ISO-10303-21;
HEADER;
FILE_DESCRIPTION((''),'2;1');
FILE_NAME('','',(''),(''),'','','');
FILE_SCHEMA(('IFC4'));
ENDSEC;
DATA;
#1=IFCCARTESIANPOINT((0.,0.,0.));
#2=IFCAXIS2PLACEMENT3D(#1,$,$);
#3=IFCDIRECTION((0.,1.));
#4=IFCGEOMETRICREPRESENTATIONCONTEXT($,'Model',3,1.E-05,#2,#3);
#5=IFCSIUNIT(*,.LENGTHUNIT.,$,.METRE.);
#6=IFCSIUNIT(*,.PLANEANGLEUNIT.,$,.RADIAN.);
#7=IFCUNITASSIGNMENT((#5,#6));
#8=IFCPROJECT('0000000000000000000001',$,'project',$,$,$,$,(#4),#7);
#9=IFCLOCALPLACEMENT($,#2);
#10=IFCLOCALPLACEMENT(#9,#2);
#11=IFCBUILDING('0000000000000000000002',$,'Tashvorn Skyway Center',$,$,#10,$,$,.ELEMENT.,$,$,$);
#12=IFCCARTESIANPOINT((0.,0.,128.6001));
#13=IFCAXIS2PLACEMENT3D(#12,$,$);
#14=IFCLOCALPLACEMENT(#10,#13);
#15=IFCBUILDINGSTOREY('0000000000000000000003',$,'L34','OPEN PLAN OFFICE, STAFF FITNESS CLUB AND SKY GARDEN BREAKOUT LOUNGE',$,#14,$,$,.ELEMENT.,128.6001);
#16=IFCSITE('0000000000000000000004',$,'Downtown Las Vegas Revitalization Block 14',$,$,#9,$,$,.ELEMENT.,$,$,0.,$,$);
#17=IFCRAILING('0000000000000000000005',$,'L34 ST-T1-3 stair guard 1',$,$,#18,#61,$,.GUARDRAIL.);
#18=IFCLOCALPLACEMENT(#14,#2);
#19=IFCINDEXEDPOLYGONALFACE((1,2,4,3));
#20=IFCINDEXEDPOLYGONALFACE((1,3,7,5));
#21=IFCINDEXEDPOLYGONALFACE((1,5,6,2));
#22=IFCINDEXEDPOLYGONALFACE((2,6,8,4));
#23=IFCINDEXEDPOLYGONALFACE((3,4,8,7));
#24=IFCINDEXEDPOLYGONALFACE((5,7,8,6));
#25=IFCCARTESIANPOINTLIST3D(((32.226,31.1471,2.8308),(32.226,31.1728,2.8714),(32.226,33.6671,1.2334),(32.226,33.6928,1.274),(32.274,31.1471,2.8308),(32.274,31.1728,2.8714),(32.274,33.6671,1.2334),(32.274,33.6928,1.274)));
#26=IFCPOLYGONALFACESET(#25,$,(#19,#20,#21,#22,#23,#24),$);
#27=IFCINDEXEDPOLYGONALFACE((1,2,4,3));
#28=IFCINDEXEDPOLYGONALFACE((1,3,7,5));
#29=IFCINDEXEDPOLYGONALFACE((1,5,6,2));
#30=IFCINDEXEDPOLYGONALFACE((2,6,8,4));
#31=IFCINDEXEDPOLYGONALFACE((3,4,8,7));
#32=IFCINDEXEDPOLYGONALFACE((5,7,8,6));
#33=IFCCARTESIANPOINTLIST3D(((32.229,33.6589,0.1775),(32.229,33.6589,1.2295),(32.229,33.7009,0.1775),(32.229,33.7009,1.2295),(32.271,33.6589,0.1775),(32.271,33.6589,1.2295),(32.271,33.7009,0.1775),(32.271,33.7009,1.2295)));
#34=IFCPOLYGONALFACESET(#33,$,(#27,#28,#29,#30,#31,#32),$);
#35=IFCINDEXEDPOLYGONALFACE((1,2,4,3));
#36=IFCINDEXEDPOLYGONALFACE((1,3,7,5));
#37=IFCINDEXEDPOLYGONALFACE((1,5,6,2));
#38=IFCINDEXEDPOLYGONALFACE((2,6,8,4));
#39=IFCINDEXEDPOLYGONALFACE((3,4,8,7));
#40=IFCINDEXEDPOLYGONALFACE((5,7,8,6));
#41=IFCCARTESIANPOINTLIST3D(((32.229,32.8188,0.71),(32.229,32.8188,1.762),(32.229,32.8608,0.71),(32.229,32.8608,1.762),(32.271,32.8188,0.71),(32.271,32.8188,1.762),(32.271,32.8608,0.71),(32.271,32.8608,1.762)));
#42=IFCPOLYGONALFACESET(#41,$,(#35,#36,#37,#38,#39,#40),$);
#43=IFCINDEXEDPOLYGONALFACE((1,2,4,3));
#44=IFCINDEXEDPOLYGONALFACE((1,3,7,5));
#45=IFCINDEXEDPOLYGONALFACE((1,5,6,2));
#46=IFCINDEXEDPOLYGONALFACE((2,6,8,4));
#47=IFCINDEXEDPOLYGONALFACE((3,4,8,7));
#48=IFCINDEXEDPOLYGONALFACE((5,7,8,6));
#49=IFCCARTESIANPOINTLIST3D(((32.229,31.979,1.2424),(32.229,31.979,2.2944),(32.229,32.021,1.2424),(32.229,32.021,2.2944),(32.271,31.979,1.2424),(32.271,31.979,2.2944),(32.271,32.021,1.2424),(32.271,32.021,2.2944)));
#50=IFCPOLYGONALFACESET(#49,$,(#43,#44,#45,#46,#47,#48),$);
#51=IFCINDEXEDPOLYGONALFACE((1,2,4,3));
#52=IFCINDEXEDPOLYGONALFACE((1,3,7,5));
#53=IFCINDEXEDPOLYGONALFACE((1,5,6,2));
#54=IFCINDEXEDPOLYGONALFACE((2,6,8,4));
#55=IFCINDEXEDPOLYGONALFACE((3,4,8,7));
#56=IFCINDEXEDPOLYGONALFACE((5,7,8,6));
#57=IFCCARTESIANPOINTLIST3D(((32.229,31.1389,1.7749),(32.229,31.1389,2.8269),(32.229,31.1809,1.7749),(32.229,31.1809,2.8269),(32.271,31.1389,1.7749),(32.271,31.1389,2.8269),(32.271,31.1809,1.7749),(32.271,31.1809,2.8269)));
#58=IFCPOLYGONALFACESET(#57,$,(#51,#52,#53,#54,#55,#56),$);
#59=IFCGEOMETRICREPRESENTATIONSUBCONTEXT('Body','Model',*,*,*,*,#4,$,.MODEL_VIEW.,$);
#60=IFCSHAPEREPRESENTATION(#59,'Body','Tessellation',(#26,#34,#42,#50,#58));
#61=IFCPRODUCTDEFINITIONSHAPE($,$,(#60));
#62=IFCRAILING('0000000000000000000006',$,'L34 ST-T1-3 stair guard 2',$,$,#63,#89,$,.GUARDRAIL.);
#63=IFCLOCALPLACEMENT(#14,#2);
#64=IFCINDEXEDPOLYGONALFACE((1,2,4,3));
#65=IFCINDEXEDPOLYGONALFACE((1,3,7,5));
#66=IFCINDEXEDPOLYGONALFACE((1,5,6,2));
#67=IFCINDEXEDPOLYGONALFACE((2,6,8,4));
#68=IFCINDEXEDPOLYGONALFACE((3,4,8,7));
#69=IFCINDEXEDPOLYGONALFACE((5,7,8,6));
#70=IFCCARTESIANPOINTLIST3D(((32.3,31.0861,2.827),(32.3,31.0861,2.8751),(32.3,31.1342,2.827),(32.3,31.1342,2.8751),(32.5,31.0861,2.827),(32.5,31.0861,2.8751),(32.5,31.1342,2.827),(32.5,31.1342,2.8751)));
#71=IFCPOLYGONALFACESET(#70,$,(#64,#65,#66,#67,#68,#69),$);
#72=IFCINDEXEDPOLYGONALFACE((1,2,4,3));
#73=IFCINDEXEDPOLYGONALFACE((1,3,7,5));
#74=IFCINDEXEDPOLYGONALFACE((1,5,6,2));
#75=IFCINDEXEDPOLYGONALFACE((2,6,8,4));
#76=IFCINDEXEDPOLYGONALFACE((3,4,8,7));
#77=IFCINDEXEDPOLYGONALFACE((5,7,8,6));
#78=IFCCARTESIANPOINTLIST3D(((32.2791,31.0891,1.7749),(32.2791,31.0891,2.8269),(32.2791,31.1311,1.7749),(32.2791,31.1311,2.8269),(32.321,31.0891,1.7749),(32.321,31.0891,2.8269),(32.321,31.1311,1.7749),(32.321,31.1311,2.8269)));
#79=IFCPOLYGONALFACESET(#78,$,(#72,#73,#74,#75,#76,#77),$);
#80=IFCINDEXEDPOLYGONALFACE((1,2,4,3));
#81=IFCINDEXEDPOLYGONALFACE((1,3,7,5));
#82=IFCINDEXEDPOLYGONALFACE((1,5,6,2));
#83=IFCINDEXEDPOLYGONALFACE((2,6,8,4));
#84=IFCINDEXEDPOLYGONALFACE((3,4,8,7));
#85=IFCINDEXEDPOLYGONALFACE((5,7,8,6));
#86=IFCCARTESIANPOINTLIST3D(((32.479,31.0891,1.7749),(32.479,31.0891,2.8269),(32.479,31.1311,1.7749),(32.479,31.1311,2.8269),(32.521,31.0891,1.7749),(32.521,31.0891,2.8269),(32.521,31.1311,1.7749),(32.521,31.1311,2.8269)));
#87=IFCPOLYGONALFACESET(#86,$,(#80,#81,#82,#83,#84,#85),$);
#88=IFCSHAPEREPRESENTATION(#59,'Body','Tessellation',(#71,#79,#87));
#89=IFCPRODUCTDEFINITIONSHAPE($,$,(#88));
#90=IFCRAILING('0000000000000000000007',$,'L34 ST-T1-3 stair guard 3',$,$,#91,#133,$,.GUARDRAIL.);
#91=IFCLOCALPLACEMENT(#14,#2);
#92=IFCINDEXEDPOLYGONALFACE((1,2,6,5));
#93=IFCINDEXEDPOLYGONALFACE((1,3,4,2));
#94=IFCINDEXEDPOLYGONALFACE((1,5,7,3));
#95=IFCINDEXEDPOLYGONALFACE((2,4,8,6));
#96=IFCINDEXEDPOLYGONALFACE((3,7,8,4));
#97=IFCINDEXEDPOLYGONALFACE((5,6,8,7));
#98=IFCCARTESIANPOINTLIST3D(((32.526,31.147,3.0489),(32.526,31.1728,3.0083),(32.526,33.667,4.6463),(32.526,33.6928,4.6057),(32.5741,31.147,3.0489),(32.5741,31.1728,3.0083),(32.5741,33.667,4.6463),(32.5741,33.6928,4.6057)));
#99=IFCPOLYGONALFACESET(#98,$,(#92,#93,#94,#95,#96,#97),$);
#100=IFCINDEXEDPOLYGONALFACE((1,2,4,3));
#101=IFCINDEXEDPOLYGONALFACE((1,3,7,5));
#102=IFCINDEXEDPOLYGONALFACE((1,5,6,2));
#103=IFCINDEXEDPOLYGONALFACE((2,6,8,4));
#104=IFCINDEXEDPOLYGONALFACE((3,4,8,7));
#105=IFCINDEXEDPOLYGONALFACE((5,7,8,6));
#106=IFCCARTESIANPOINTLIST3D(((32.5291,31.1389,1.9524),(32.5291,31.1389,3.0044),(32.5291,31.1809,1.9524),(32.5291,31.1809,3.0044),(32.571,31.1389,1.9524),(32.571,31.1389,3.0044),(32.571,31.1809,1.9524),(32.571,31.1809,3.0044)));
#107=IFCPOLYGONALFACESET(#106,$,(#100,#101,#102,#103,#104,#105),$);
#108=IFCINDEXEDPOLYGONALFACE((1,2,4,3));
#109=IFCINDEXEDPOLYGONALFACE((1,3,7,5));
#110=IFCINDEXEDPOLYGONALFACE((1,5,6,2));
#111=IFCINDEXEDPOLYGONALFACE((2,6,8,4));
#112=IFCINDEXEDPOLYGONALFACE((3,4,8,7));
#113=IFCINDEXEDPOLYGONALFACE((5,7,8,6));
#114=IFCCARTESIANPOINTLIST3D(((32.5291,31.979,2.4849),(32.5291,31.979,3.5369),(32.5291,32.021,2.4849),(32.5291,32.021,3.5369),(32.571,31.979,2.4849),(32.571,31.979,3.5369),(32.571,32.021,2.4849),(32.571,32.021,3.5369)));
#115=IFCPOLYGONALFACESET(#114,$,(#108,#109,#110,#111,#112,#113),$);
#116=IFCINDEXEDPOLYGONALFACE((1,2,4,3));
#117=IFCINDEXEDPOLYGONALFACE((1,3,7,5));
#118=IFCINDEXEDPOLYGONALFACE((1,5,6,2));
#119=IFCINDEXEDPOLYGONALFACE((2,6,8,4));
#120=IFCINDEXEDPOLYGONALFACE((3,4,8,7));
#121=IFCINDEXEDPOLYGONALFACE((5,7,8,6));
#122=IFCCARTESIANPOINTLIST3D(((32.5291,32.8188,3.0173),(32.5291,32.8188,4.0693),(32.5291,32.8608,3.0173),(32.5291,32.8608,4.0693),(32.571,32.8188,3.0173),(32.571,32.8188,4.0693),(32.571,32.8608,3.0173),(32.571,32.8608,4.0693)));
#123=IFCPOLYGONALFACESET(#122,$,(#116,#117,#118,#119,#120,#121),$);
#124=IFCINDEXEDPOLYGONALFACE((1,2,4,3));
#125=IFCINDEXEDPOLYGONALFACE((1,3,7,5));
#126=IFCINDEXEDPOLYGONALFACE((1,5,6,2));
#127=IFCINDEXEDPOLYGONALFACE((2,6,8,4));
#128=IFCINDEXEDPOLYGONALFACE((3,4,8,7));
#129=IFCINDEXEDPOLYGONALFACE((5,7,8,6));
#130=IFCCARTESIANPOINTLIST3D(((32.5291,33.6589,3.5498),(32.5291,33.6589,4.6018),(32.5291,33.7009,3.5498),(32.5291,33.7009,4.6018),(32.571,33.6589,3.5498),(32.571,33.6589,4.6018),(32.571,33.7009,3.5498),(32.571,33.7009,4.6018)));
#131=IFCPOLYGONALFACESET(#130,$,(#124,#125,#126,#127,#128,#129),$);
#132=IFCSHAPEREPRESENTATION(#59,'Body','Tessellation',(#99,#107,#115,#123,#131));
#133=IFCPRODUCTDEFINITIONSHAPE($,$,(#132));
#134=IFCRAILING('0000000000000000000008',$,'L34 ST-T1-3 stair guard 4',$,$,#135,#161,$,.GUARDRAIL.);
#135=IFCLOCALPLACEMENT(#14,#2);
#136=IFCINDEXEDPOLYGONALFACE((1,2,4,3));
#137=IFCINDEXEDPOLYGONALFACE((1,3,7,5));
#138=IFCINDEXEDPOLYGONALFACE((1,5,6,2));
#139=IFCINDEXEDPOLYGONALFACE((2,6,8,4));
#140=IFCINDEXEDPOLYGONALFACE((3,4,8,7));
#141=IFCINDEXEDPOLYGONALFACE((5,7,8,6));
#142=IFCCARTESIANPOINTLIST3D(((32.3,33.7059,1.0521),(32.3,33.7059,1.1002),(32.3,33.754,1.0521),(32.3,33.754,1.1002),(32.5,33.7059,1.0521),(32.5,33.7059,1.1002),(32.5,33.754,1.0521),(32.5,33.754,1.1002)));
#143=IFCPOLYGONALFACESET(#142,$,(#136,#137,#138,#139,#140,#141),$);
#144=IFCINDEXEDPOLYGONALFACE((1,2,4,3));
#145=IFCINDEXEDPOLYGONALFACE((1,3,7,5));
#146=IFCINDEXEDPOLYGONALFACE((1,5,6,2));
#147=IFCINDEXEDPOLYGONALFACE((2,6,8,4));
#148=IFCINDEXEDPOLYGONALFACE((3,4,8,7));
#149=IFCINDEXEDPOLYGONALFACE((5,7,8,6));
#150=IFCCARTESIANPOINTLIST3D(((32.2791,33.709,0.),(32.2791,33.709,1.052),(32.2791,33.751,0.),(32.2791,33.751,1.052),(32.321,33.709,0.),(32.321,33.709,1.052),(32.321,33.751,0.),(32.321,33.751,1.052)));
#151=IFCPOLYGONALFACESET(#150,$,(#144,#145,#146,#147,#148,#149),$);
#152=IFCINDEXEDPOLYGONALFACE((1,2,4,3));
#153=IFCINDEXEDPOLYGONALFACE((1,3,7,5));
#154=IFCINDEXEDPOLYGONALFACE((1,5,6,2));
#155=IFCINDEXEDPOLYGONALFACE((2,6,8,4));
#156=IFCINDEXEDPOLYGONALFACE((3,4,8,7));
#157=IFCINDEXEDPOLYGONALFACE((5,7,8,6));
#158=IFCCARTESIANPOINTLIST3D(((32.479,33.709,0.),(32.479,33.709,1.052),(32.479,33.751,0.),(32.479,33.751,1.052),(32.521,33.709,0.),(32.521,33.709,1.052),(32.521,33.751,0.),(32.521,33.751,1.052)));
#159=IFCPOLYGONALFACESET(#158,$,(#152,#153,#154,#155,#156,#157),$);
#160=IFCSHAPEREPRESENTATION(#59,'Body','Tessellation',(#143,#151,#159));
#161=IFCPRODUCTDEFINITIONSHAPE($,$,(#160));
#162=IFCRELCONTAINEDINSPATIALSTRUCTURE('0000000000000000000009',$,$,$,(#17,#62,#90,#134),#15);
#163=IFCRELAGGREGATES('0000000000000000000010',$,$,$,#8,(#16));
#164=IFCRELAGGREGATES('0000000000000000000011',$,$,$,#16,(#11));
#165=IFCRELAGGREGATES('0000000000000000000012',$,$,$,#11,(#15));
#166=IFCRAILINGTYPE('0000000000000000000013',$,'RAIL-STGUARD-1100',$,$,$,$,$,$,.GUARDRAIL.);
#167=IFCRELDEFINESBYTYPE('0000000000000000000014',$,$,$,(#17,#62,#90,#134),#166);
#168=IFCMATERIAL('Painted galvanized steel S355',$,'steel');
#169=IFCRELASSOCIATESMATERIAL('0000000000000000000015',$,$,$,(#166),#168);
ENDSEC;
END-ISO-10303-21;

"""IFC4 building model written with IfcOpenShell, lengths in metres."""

from ifc_helpers import new_model, si_unit, direction, frame, origin, origin_2d, place, context, subcontext, project, spatial, rectangle, extrude, material, type_object, element, save


model = new_model("IFC4")

# Units and contexts
model_context = context("Model", 3, precision=1e-05, world=origin(), true_north=direction((0.0, 1.0)))
body_context = subcontext(model_context, "Body", "Model", "MODEL_VIEW")
ifc_project = project(units=[si_unit("LENGTHUNIT", "METRE"), si_unit("PLANEANGLEUNIT", "RADIAN")], contexts=[model_context])

# Site, building, storey
site_placement = place(None, origin())
site = spatial("IfcSite", under=ifc_project, at=site_placement, Name="Downtown Las Vegas Revitalization Block 14", CompositionType="ELEMENT", RefElevation=0.0)
building_placement = place(site_placement, origin())
building = spatial("IfcBuilding", under=site, at=building_placement, Name="Tashvorn Skyway Center", CompositionType="ELEMENT")
storey_placement = place(building_placement, frame((0.0, 0.0, 128.6001)))
storey = spatial("IfcBuildingStorey", under=building, at=storey_placement, Name="L34", Description="OPEN PLAN OFFICE, STAFF FITNESS CLUB AND SKY GARDEN BREAKOUT LOUNGE", CompositionType="ELEMENT", Elevation=128.6001)

# Railings
ifc_material_1 = material(Name="Painted galvanized steel S355", Category="steel")
railing_type_1 = type_object("IfcRailingType", Name="RAIL-STGUARD-1100", PredefinedType="GUARDRAIL", material=ifc_material_1)
railing_1_placement = place(storey_placement, frame((32.25, 33.6799, 0.1775)))
element("IfcRailing", 1, at=railing_1_placement, inside=storey, type_object=railing_type_1, Name="L34 ST-T1-3 stair guard 1", PredefinedType="GUARDRAIL", context=body_context, shape_type="SweptSolid", body=[
    extrude(rectangle(XDim=0.0481, YDim=0.0481, at=origin_2d()), frame((0.0, 0.0, 1.0762), z_axis=(0.0, -0.844607, 0.535387), x_axis=(1.0, 0.0, 0.0)), (0.0, 0.0, 1.0), 2.9836),
    extrude(rectangle(XDim=0.042, YDim=0.042, at=origin_2d()), origin(), (0.0, 0.0, 1.0), 1.052),
    extrude(rectangle(XDim=0.042, YDim=0.042, at=origin_2d()), frame((0.0, -0.8401, 0.5325)), (0.0, 0.0, 1.0), 1.052),
    extrude(rectangle(XDim=0.042, YDim=0.042, at=origin_2d()), frame((0.0, -1.6799, 1.0649)), (0.0, 0.0, 1.0), 1.052),
    extrude(rectangle(XDim=0.042, YDim=0.042, at=origin_2d()), frame((0.0, -2.52, 1.5974)), (0.0, 0.0, 1.0), 1.052),
])
railing_2_placement = place(storey_placement, frame((32.3, 31.1101, 1.7749)))
element("IfcRailing", 2, at=railing_2_placement, inside=storey, type_object=railing_type_1, Name="L34 ST-T1-3 stair guard 2", PredefinedType="GUARDRAIL", context=body_context, shape_type="SweptSolid", body=[
    extrude(rectangle(XDim=0.0481, YDim=0.0481, at=origin_2d()), frame((0.0, 0.0, 1.0762), z_axis=(1.0, 0.0, 0.0), x_axis=(0.0, 1.0, 0.0)), (0.0, 0.0, 1.0), 0.2),
    extrude(rectangle(XDim=0.042, YDim=0.042, at=origin_2d()), origin(), (0.0, 0.0, 1.0), 1.052),
    extrude(rectangle(XDim=0.042, YDim=0.042, at=origin_2d()), frame((0.2, 0.0, 0.0)), (0.0, 0.0, 1.0), 1.052),
])
railing_3_placement = place(storey_placement, frame((32.55, 31.1599, 1.9524)))
element("IfcRailing", 3, at=railing_3_placement, inside=storey, type_object=railing_type_1, Name="L34 ST-T1-3 stair guard 3", PredefinedType="GUARDRAIL", context=body_context, shape_type="SweptSolid", body=[
    extrude(rectangle(XDim=0.0481, YDim=0.0481, at=origin_2d()), frame((0.0, 0.0, 1.0762), z_axis=(0.0, 0.844607, 0.535387), x_axis=(-1.0, 0.0, 0.0)), (0.0, 0.0, 1.0), 2.9836),
    extrude(rectangle(XDim=0.042, YDim=0.042, at=origin_2d()), origin(), (0.0, 0.0, 1.0), 1.052),
    extrude(rectangle(XDim=0.042, YDim=0.042, at=origin_2d()), frame((0.0, 0.8401, 0.5325)), (0.0, 0.0, 1.0), 1.052),
    extrude(rectangle(XDim=0.042, YDim=0.042, at=origin_2d()), frame((0.0, 1.6799, 1.0649)), (0.0, 0.0, 1.0), 1.052),
    extrude(rectangle(XDim=0.042, YDim=0.042, at=origin_2d()), frame((0.0, 2.52, 1.5974)), (0.0, 0.0, 1.0), 1.052),
])
railing_4_placement = place(storey_placement, frame((32.3, 33.73, 0.0)))
element("IfcRailing", 4, at=railing_4_placement, inside=storey, type_object=railing_type_1, Name="L34 ST-T1-3 stair guard 4", PredefinedType="GUARDRAIL", context=body_context, shape_type="SweptSolid", body=[
    extrude(rectangle(XDim=0.0481, YDim=0.0481, at=origin_2d()), frame((0.0, 0.0, 1.0762), z_axis=(1.0, 0.0, 0.0), x_axis=(0.0, 1.0, 0.0)), (0.0, 0.0, 1.0), 0.2),
    extrude(rectangle(XDim=0.042, YDim=0.042, at=origin_2d()), origin(), (0.0, 0.0, 1.0), 1.052),
    extrude(rectangle(XDim=0.042, YDim=0.042, at=origin_2d()), frame((0.2, 0.0, 0.0)), (0.0, 0.0, 1.0), 1.052),
])

save(model, "model.ifc")
